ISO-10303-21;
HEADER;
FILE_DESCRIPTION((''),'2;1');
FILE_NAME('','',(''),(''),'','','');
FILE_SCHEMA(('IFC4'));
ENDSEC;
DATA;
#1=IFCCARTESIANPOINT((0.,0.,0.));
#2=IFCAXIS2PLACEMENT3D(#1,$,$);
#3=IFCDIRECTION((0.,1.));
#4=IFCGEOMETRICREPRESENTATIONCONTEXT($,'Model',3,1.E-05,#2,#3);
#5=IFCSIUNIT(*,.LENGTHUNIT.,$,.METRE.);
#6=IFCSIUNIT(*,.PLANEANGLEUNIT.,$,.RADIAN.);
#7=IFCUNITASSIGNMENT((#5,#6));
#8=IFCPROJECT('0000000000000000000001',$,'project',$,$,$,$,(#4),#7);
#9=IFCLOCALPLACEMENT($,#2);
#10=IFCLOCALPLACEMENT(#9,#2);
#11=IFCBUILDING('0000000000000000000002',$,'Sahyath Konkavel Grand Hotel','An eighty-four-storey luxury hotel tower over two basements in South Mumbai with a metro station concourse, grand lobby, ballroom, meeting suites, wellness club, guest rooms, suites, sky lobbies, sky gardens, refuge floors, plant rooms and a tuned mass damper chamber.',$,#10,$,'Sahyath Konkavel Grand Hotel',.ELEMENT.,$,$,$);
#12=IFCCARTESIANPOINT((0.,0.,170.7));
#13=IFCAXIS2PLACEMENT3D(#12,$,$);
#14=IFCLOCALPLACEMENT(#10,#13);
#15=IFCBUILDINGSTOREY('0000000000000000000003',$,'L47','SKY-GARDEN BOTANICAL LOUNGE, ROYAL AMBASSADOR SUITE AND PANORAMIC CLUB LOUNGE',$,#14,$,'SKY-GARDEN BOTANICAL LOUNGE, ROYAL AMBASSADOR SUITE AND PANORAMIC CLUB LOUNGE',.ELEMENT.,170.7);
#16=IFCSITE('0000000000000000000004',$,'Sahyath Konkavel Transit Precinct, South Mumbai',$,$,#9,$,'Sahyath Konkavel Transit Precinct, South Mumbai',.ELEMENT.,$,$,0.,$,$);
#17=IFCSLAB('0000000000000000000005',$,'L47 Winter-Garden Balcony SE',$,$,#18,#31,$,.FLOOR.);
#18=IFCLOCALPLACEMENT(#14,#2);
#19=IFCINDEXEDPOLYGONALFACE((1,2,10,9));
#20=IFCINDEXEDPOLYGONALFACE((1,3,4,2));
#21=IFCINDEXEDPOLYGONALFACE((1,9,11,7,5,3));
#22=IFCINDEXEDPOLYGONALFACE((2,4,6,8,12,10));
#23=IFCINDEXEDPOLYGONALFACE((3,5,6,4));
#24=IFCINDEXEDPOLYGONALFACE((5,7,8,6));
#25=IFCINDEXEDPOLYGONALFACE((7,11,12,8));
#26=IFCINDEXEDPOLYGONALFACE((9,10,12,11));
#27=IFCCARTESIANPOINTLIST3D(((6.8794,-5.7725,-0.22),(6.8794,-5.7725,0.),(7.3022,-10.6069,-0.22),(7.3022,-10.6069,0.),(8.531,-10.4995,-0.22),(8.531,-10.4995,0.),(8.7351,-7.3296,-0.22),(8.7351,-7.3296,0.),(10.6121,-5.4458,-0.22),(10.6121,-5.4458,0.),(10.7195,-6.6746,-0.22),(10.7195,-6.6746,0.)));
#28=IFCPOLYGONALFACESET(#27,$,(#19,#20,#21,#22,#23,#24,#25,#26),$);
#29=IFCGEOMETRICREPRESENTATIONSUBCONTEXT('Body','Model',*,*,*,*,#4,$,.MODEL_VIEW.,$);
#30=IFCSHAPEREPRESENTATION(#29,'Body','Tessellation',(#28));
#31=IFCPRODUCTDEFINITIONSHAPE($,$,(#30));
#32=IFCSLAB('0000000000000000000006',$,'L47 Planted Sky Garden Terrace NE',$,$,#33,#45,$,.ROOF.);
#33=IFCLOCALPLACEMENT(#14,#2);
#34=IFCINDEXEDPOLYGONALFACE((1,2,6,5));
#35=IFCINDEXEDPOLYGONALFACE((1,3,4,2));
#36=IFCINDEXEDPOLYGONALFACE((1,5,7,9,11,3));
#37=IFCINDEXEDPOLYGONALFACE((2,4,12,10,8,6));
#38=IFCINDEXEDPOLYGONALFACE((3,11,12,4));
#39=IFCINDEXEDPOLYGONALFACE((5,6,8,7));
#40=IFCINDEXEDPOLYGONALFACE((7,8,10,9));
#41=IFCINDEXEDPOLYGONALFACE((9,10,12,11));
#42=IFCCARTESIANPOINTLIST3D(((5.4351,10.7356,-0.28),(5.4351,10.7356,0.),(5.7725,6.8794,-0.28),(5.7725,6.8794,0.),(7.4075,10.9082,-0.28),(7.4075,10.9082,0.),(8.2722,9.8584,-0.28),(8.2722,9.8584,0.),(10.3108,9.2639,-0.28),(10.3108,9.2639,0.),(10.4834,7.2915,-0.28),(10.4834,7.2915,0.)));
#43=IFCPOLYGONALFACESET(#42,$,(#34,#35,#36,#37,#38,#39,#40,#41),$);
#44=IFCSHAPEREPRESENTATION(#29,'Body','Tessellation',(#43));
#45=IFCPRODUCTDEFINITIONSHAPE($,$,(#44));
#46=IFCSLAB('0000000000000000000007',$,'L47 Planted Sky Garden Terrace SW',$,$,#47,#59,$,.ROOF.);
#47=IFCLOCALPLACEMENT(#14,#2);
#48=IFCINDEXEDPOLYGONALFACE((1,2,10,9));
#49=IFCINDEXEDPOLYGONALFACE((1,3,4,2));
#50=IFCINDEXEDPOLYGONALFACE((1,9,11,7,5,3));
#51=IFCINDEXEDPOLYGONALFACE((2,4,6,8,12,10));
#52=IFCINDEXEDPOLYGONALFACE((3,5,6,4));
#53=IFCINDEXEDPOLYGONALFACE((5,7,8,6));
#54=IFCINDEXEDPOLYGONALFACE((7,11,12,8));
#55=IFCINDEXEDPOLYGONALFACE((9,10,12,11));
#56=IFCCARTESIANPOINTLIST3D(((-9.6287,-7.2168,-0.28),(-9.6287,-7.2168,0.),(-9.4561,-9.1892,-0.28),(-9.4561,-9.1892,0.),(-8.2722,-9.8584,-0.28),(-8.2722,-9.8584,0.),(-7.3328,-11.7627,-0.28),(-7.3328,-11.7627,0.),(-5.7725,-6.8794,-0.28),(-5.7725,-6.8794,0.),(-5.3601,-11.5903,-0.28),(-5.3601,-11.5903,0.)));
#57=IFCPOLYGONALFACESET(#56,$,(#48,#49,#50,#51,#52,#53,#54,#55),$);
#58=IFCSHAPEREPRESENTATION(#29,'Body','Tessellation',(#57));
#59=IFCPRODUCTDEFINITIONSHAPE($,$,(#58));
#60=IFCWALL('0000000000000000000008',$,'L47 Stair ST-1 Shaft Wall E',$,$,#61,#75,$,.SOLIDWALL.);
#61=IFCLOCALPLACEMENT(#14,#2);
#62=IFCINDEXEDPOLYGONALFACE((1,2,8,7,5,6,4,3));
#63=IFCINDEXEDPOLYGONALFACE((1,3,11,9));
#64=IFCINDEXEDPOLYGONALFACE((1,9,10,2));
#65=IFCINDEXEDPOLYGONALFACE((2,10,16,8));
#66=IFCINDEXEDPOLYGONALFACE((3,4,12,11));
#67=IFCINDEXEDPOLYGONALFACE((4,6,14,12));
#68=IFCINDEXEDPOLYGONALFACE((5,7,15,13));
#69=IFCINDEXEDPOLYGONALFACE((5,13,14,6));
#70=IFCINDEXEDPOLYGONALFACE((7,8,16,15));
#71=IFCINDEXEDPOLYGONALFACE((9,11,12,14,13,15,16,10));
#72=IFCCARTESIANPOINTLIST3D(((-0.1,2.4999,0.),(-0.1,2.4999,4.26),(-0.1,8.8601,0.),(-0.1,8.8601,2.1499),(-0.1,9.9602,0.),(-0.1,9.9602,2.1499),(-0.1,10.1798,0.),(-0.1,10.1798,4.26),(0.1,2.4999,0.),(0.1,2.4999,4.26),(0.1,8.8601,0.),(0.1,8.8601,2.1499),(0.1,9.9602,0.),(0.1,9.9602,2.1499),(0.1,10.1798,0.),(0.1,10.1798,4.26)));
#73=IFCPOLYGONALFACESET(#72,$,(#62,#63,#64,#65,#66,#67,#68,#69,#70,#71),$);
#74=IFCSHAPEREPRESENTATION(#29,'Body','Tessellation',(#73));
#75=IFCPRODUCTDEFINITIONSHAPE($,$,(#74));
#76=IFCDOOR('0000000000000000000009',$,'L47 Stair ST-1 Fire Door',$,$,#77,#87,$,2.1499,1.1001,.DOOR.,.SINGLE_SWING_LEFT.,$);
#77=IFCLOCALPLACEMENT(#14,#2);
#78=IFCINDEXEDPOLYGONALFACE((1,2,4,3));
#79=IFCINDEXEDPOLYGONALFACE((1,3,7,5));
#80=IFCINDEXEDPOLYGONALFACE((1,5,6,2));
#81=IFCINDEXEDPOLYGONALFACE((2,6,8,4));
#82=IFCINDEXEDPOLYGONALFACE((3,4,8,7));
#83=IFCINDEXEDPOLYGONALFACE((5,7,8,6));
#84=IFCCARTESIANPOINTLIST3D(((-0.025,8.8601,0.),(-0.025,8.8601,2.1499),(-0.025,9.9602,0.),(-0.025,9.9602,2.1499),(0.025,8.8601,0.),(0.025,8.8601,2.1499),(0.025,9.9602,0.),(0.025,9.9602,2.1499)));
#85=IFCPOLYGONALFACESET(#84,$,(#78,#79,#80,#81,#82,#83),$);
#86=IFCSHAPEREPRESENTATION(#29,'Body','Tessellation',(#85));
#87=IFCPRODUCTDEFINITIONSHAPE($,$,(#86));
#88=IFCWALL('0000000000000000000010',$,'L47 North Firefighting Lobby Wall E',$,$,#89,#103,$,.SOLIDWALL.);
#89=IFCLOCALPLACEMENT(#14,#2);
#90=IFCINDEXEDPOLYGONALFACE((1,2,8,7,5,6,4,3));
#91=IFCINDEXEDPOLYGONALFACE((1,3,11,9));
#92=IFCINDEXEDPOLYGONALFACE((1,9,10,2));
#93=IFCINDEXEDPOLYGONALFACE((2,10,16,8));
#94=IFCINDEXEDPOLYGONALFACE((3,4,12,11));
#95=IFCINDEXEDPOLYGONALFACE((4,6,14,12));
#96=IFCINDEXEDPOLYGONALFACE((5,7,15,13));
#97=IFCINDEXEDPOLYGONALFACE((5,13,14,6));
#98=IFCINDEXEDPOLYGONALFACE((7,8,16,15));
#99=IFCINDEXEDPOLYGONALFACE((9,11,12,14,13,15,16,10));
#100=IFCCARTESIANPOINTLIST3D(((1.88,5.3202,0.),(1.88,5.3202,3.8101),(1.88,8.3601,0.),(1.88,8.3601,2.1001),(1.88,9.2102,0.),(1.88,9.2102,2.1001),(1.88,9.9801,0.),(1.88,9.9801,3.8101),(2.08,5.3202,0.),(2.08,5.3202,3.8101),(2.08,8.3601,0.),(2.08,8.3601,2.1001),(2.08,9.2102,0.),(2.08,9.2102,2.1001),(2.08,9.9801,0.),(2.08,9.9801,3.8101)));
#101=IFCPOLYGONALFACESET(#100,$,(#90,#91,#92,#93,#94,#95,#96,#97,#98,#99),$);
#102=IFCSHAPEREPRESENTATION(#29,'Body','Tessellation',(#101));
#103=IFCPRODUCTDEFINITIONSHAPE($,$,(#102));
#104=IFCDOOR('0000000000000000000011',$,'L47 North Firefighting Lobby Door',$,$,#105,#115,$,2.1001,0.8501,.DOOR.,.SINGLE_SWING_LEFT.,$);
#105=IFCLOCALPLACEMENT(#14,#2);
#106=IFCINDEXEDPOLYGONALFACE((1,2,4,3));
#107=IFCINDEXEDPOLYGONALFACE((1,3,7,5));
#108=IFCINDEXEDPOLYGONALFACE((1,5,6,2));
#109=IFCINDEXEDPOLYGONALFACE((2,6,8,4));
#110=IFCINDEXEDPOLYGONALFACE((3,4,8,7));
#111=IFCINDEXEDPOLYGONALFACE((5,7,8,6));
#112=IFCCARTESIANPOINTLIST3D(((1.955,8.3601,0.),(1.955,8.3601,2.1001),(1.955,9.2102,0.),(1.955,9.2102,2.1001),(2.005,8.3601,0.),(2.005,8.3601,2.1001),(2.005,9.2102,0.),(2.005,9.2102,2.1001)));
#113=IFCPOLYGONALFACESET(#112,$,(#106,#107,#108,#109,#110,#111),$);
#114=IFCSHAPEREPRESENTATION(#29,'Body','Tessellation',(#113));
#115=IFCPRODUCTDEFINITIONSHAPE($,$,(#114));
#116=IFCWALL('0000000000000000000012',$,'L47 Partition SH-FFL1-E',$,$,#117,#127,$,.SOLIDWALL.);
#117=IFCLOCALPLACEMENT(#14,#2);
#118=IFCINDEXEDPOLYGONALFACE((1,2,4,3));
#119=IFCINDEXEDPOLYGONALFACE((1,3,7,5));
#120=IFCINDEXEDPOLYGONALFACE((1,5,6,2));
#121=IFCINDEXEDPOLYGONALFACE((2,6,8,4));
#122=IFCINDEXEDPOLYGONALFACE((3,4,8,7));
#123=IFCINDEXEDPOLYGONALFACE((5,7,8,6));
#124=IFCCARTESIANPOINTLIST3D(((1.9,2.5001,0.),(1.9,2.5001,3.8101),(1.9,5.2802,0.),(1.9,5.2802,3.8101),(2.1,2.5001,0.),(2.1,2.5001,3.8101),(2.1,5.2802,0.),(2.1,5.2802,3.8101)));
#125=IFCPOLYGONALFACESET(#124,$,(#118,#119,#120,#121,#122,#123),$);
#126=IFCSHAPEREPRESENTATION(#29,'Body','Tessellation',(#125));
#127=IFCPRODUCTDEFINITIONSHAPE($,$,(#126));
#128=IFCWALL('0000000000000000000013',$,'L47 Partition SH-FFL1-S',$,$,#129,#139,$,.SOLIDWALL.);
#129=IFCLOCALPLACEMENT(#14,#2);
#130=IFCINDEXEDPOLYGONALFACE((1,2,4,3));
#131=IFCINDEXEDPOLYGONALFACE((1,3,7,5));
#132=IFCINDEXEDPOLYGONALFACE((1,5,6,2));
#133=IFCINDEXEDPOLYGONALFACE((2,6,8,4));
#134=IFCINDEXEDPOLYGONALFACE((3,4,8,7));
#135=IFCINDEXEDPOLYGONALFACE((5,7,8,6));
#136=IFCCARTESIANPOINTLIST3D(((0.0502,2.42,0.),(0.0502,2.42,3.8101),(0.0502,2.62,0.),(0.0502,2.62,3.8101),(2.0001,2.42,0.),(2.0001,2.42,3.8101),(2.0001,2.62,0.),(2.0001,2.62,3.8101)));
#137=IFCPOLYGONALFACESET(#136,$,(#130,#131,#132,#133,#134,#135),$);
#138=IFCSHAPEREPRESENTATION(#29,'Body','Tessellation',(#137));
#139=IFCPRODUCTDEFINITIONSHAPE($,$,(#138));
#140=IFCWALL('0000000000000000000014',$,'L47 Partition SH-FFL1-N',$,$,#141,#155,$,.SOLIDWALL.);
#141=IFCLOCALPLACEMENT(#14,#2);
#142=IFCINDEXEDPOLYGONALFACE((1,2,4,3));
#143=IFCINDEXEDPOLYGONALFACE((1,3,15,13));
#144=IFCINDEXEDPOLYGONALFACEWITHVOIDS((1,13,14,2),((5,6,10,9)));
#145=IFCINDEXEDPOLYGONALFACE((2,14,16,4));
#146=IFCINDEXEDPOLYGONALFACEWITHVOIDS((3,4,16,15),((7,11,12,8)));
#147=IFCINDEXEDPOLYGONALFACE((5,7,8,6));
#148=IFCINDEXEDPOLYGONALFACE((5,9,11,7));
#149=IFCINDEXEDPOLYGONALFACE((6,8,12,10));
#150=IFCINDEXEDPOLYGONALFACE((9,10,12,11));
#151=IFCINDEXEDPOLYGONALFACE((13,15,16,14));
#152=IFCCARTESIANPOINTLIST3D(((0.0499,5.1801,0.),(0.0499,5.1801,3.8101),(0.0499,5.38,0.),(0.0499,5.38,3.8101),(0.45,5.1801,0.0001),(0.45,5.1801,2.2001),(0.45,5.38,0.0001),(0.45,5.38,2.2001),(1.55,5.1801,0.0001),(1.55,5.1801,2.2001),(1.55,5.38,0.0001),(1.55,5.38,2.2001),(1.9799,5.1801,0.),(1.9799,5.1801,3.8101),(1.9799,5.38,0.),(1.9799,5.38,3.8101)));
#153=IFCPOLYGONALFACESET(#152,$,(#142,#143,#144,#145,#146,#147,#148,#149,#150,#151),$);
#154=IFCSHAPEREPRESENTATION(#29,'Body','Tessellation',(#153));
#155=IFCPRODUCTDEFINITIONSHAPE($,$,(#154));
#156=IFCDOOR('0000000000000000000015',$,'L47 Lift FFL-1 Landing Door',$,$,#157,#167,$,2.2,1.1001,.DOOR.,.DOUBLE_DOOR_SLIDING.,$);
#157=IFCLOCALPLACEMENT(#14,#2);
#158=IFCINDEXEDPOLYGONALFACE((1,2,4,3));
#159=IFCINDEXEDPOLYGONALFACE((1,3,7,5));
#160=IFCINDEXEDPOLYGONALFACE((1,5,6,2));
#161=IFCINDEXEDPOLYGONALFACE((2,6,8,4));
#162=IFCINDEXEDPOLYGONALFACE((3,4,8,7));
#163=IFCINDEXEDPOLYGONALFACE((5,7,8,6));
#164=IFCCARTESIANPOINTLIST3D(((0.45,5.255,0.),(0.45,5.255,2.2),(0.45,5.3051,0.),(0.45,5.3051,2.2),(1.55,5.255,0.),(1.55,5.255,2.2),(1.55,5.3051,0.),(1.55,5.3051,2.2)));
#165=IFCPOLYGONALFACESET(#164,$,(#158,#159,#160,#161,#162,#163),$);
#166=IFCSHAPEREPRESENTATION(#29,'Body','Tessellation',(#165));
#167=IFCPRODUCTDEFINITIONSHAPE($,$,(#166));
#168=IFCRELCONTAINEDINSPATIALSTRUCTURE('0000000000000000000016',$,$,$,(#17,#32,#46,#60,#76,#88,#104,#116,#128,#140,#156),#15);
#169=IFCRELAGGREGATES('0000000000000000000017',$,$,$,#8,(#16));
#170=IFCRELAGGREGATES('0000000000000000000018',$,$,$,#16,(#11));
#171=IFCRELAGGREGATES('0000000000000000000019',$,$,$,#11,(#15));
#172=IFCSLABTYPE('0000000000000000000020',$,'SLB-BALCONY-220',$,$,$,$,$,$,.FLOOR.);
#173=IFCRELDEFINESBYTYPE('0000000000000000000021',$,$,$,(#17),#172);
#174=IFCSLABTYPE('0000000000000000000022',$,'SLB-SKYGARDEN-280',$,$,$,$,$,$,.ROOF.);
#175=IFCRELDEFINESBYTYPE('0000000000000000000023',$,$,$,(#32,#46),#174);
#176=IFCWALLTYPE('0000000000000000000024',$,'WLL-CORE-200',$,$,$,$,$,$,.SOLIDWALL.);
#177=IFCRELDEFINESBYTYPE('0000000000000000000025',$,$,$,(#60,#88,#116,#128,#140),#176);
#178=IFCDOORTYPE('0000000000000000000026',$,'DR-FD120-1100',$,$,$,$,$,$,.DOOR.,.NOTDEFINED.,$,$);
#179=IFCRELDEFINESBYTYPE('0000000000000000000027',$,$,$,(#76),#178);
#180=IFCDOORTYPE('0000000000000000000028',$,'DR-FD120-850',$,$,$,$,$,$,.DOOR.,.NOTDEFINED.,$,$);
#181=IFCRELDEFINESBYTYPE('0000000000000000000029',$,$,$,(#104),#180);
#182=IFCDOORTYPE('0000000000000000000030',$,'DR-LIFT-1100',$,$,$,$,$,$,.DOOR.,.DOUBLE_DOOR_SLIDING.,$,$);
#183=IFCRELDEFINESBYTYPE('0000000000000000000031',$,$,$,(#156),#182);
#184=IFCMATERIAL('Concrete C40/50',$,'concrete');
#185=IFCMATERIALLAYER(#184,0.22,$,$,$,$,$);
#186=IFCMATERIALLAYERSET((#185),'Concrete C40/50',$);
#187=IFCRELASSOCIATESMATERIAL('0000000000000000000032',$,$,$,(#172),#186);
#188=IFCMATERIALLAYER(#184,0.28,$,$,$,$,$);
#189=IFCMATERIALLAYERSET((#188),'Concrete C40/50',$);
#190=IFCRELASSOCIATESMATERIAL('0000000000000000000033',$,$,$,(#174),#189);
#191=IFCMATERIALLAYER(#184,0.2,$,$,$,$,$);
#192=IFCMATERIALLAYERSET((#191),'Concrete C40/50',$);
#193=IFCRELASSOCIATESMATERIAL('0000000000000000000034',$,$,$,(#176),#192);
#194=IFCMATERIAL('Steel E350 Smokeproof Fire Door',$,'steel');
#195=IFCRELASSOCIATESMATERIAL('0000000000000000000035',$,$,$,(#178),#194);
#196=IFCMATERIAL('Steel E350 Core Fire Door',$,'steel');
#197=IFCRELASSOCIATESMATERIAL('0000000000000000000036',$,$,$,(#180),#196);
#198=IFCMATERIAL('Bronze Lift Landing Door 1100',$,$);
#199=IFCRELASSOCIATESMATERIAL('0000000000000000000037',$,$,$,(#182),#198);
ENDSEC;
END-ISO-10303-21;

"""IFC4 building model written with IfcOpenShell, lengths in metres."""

from ifc_helpers import new_model, si_unit, direction, frame, frame_2d, origin, origin_2d, place, context, subcontext, project, spatial, polyline, rectangle, outline, extrude, source, transform, mapped, material, layer, layer_set, type_object, element, fill, save


model = new_model("IFC4")

# Units and contexts
model_context = context("Model", 3, precision=1e-05, world=origin(), true_north=direction((0.0, 1.0)))
body_context = subcontext(model_context, "Body", "Model", "MODEL_VIEW")
ifc_project = project(units=[si_unit("LENGTHUNIT", "METRE"), si_unit("PLANEANGLEUNIT", "RADIAN")], contexts=[model_context])

# Site, building, storey
site_placement = place(None, origin())
site = spatial("IfcSite", under=ifc_project, at=site_placement, Name="Sahyath Konkavel Transit Precinct, South Mumbai", LongName="Sahyath Konkavel Transit Precinct, South Mumbai", CompositionType="ELEMENT", RefElevation=0.0)
building_placement = place(site_placement, origin())
building = spatial("IfcBuilding", under=site, at=building_placement, Name="Sahyath Konkavel Grand Hotel", Description="An eighty-four-storey luxury hotel tower over two basements in South Mumbai with a metro station concourse, grand lobby, ballroom, meeting suites, wellness club, guest rooms, suites, sky lobbies, sky gardens, refuge floors, plant rooms and a tuned mass damper chamber.", LongName="Sahyath Konkavel Grand Hotel", CompositionType="ELEMENT")
storey_placement = place(building_placement, frame((0.0, 0.0, 170.7)))
storey = spatial("IfcBuildingStorey", under=building, at=storey_placement, Name="L47", Description="SKY-GARDEN BOTANICAL LOUNGE, ROYAL AMBASSADOR SUITE AND PANORAMIC CLUB LOUNGE", LongName="SKY-GARDEN BOTANICAL LOUNGE, ROYAL AMBASSADOR SUITE AND PANORAMIC CLUB LOUNGE", CompositionType="ELEMENT", Elevation=170.7)

# Slabs
ifc_material_1 = material(Name="Concrete C40/50", Category="concrete")
ifc_layer_1 = layer(ifc_material_1, 0.22)
ifc_layer_set_1 = layer_set([ifc_layer_1], Name="Concrete C40/50")
slab_type_1 = type_object("IfcSlabType", Name="SLB-BALCONY-220", PredefinedType="FLOOR", material=ifc_layer_set_1)
slab_1_placement = place(storey_placement, frame((0.0, 0.0, -0.22)))
element("IfcSlab", 1, at=slab_1_placement, inside=storey, type_object=slab_type_1, Name="L47 Winter-Garden Balcony SE", PredefinedType="FLOOR", context=body_context, shape_type="SweptSolid", body=[
    extrude(outline(polyline([(6.8794, -5.7725), (7.3022, -10.6069), (8.531, -10.4995), (8.7351, -7.3296), (10.7195, -6.6746), (10.6121, -5.4458), (6.8794, -5.7725)])), origin(), (0.0, 0.0, 1.0), 0.22),
])
ifc_layer_2 = layer(ifc_material_1, 0.28)
ifc_layer_set_2 = layer_set([ifc_layer_2], Name="Concrete C40/50")
slab_type_2 = type_object("IfcSlabType", Name="SLB-SKYGARDEN-280", PredefinedType="ROOF", material=ifc_layer_set_2)
slab_2_placement = place(storey_placement, frame((0.0, 0.0, -0.28)))
element("IfcSlab", 2, at=slab_2_placement, inside=storey, type_object=slab_type_2, Name="L47 Planted Sky Garden Terrace NE", PredefinedType="ROOF", context=body_context, shape_type="SweptSolid", body=[
    extrude(outline(polyline([(5.7725, 6.8794), (10.4834, 7.2915), (10.3108, 9.2639), (8.2722, 9.8584), (7.4075, 10.9082), (5.4351, 10.7356), (5.7725, 6.8794)])), origin(), (0.0, 0.0, 1.0), 0.28),
])
slab_3_placement = place(storey_placement, frame((0.0, 0.0, -0.28)))
element("IfcSlab", 3, at=slab_3_placement, inside=storey, type_object=slab_type_2, Name="L47 Planted Sky Garden Terrace SW", PredefinedType="ROOF", context=body_context, shape_type="SweptSolid", body=[
    extrude(outline(polyline([(-5.7725, -6.8794), (-9.6287, -7.2168), (-9.4561, -9.1892), (-8.2722, -9.8584), (-7.3328, -11.7627), (-5.3601, -11.5903), (-5.7725, -6.8794)])), origin(), (0.0, 0.0, 1.0), 0.28),
])

# Walls, openings, doors
ifc_layer_3 = layer(ifc_material_1, 0.2)
ifc_layer_set_3 = layer_set([ifc_layer_3], Name="Concrete C40/50")
wall_type_1 = type_object("IfcWallType", Name="WLL-CORE-200", PredefinedType="SOLIDWALL", material=ifc_layer_set_3)
wall_1_placement = place(storey_placement, frame((0.0, 2.5, 0.0), z_axis=(0.0, 0.0, 1.0), x_axis=(0.0, 1.0, 0.0)))
wall_1 = element("IfcWall", 4, at=wall_1_placement, inside=storey, type_object=wall_type_1, Name="L47 Stair ST-1 Shaft Wall E", PredefinedType="SOLIDWALL", context=body_context, shape_type="SweptSolid", body=[
    extrude(rectangle(XDim=7.6799, YDim=0.2, at=frame_2d((3.8398, 0.0))), origin(), (0.0, 0.0, 1.0), 4.26),
])
opening_1_placement = place(wall_1_placement, frame((6.3601, 0.0, 0.0)))
opening_1 = element("IfcOpeningElement", 5, at=opening_1_placement, cuts=wall_1, PredefinedType="OPENING", context=body_context, shape_type="SweptSolid", body=[
    extrude(rectangle(XDim=1.1001, YDim=2.1499, at=frame_2d((0.55, 1.075))), frame((0.0, 0.1099, 0.0), z_axis=(0.0, -1.0, 0.0), x_axis=(1.0, 0.0, 0.0)), (0.0, 0.0, 1.0), 0.22),
])
ifc_material_2 = material(Name="Steel E350 Smokeproof Fire Door", Category="steel")
door_type_1 = type_object("IfcDoorType", Name="DR-FD120-1100", OperationType="NOTDEFINED", PredefinedType="DOOR", material=ifc_material_2)
shared_shape_1 = source(origin(), body_context, "Body", "SweptSolid", [
    extrude(rectangle(XDim=1.1001, YDim=0.05, at=origin_2d()), origin(), (0.0, 0.0, 1.0), 2.1499),
])
door_1_placement = place(opening_1_placement, frame((0.55, 0.0, 0.0)))
door_1 = element("IfcDoor", 6, at=door_1_placement, inside=storey, type_object=door_type_1, Name="L47 Stair ST-1 Fire Door", OperationType="SINGLE_SWING_LEFT", OverallHeight=2.1499, OverallWidth=1.1001, PredefinedType="DOOR", context=body_context, shape_type="MappedRepresentation", body=[
    mapped(shared_shape_1, transform((0.0, 0.0, 0.0), scale=1.0)),
])
fill(opening_1, door_1)
wall_2_placement = place(storey_placement, frame((1.98, 5.3201, 0.0), z_axis=(0.0, 0.0, 1.0), x_axis=(0.0, 1.0, 0.0)))
wall_2 = element("IfcWall", 7, at=wall_2_placement, inside=storey, type_object=wall_type_1, Name="L47 North Firefighting Lobby Wall E", PredefinedType="SOLIDWALL", context=body_context, shape_type="SweptSolid", body=[
    extrude(rectangle(XDim=4.6599, YDim=0.2, at=frame_2d((2.3301, 0.0))), origin(), (0.0, 0.0, 1.0), 3.8101),
])
opening_2_placement = place(wall_2_placement, frame((3.04, 0.0, 0.0)))
opening_2 = element("IfcOpeningElement", 8, at=opening_2_placement, cuts=wall_2, PredefinedType="OPENING", context=body_context, shape_type="SweptSolid", body=[
    extrude(rectangle(XDim=0.8501, YDim=2.1001, at=frame_2d((0.425, 1.05))), frame((0.0, 0.1099, 0.0), z_axis=(0.0, -1.0, 0.0), x_axis=(1.0, 0.0, 0.0)), (0.0, 0.0, 1.0), 0.22),
])
ifc_material_3 = material(Name="Steel E350 Core Fire Door", Category="steel")
door_type_2 = type_object("IfcDoorType", Name="DR-FD120-850", OperationType="NOTDEFINED", PredefinedType="DOOR", material=ifc_material_3)
shared_shape_2 = source(origin(), body_context, "Body", "SweptSolid", [
    extrude(rectangle(XDim=0.8501, YDim=0.05, at=origin_2d()), origin(), (0.0, 0.0, 1.0), 2.1001),
])
door_2_placement = place(opening_2_placement, frame((0.425, 0.0, 0.0)))
door_2 = element("IfcDoor", 9, at=door_2_placement, inside=storey, type_object=door_type_2, Name="L47 North Firefighting Lobby Door", OperationType="SINGLE_SWING_LEFT", OverallHeight=2.1001, OverallWidth=0.8501, PredefinedType="DOOR", context=body_context, shape_type="MappedRepresentation", body=[
    mapped(shared_shape_2, transform((0.0, 0.0, 0.0), scale=1.0)),
])
fill(opening_2, door_2)

# Walls
wall_3_placement = place(storey_placement, frame((2.0, 2.5, 0.0), z_axis=(0.0, 0.0, 1.0), x_axis=(0.0, 1.0, 0.0)))
element("IfcWall", 10, at=wall_3_placement, inside=storey, type_object=wall_type_1, Name="L47 Partition SH-FFL1-E", PredefinedType="SOLIDWALL", context=body_context, shape_type="SweptSolid", body=[
    extrude(rectangle(XDim=2.78, YDim=0.2, at=frame_2d((1.3901, 0.0))), origin(), (0.0, 0.0, 1.0), 3.8101),
])
wall_4_placement = place(storey_placement, frame((0.05, 2.52, 0.0), z_axis=(0.0, 0.0, 1.0), x_axis=(1.0, 0.0, 0.0)))
element("IfcWall", 11, at=wall_4_placement, inside=storey, type_object=wall_type_1, Name="L47 Partition SH-FFL1-S", PredefinedType="SOLIDWALL", context=body_context, shape_type="SweptSolid", body=[
    extrude(rectangle(XDim=1.95, YDim=0.2, at=frame_2d((0.9751, 0.0))), origin(), (0.0, 0.0, 1.0), 3.8101),
])

# Wall, opening, door
wall_5_placement = place(storey_placement, frame((0.05, 5.28, 0.0), z_axis=(0.0, 0.0, 1.0), x_axis=(1.0, 0.0, 0.0)))
wall_5 = element("IfcWall", 12, at=wall_5_placement, inside=storey, type_object=wall_type_1, Name="L47 Partition SH-FFL1-N", PredefinedType="SOLIDWALL", context=body_context, shape_type="SweptSolid", body=[
    extrude(rectangle(XDim=1.9299, YDim=0.2, at=frame_2d((0.9648, 0.0))), origin(), (0.0, 0.0, 1.0), 3.8101),
])
opening_3_placement = place(wall_5_placement, frame((0.3999, 0.0, 0.0)))
opening_3 = element("IfcOpeningElement", 13, at=opening_3_placement, cuts=wall_5, PredefinedType="OPENING", context=body_context, shape_type="SweptSolid", body=[
    extrude(rectangle(XDim=1.1001, YDim=2.2, at=frame_2d((0.55, 1.1001))), frame((0.0, 0.1099, 0.0), z_axis=(0.0, -1.0, 0.0), x_axis=(1.0, 0.0, 0.0)), (0.0, 0.0, 1.0), 0.22),
])
ifc_material_4 = material(Name="Bronze Lift Landing Door 1100")
door_type_3 = type_object("IfcDoorType", Name="DR-LIFT-1100", OperationType="DOUBLE_DOOR_SLIDING", PredefinedType="DOOR", material=ifc_material_4)
shared_shape_3 = source(origin(), body_context, "Body", "SweptSolid", [
    extrude(rectangle(XDim=1.1001, YDim=0.05, at=origin_2d()), origin(), (0.0, 0.0, 1.0), 2.2),
])
door_3_placement = place(opening_3_placement, frame((0.55, 0.0, 0.0)))
door_3 = element("IfcDoor", 14, at=door_3_placement, inside=storey, type_object=door_type_3, Name="L47 Lift FFL-1 Landing Door", OperationType="DOUBLE_DOOR_SLIDING", OverallHeight=2.2, OverallWidth=1.1001, PredefinedType="DOOR", context=body_context, shape_type="MappedRepresentation", body=[
    mapped(shared_shape_3, transform((0.0, 0.0, 0.0), scale=1.0)),
])
fill(opening_3, door_3)

save(model, "model.ifc")
